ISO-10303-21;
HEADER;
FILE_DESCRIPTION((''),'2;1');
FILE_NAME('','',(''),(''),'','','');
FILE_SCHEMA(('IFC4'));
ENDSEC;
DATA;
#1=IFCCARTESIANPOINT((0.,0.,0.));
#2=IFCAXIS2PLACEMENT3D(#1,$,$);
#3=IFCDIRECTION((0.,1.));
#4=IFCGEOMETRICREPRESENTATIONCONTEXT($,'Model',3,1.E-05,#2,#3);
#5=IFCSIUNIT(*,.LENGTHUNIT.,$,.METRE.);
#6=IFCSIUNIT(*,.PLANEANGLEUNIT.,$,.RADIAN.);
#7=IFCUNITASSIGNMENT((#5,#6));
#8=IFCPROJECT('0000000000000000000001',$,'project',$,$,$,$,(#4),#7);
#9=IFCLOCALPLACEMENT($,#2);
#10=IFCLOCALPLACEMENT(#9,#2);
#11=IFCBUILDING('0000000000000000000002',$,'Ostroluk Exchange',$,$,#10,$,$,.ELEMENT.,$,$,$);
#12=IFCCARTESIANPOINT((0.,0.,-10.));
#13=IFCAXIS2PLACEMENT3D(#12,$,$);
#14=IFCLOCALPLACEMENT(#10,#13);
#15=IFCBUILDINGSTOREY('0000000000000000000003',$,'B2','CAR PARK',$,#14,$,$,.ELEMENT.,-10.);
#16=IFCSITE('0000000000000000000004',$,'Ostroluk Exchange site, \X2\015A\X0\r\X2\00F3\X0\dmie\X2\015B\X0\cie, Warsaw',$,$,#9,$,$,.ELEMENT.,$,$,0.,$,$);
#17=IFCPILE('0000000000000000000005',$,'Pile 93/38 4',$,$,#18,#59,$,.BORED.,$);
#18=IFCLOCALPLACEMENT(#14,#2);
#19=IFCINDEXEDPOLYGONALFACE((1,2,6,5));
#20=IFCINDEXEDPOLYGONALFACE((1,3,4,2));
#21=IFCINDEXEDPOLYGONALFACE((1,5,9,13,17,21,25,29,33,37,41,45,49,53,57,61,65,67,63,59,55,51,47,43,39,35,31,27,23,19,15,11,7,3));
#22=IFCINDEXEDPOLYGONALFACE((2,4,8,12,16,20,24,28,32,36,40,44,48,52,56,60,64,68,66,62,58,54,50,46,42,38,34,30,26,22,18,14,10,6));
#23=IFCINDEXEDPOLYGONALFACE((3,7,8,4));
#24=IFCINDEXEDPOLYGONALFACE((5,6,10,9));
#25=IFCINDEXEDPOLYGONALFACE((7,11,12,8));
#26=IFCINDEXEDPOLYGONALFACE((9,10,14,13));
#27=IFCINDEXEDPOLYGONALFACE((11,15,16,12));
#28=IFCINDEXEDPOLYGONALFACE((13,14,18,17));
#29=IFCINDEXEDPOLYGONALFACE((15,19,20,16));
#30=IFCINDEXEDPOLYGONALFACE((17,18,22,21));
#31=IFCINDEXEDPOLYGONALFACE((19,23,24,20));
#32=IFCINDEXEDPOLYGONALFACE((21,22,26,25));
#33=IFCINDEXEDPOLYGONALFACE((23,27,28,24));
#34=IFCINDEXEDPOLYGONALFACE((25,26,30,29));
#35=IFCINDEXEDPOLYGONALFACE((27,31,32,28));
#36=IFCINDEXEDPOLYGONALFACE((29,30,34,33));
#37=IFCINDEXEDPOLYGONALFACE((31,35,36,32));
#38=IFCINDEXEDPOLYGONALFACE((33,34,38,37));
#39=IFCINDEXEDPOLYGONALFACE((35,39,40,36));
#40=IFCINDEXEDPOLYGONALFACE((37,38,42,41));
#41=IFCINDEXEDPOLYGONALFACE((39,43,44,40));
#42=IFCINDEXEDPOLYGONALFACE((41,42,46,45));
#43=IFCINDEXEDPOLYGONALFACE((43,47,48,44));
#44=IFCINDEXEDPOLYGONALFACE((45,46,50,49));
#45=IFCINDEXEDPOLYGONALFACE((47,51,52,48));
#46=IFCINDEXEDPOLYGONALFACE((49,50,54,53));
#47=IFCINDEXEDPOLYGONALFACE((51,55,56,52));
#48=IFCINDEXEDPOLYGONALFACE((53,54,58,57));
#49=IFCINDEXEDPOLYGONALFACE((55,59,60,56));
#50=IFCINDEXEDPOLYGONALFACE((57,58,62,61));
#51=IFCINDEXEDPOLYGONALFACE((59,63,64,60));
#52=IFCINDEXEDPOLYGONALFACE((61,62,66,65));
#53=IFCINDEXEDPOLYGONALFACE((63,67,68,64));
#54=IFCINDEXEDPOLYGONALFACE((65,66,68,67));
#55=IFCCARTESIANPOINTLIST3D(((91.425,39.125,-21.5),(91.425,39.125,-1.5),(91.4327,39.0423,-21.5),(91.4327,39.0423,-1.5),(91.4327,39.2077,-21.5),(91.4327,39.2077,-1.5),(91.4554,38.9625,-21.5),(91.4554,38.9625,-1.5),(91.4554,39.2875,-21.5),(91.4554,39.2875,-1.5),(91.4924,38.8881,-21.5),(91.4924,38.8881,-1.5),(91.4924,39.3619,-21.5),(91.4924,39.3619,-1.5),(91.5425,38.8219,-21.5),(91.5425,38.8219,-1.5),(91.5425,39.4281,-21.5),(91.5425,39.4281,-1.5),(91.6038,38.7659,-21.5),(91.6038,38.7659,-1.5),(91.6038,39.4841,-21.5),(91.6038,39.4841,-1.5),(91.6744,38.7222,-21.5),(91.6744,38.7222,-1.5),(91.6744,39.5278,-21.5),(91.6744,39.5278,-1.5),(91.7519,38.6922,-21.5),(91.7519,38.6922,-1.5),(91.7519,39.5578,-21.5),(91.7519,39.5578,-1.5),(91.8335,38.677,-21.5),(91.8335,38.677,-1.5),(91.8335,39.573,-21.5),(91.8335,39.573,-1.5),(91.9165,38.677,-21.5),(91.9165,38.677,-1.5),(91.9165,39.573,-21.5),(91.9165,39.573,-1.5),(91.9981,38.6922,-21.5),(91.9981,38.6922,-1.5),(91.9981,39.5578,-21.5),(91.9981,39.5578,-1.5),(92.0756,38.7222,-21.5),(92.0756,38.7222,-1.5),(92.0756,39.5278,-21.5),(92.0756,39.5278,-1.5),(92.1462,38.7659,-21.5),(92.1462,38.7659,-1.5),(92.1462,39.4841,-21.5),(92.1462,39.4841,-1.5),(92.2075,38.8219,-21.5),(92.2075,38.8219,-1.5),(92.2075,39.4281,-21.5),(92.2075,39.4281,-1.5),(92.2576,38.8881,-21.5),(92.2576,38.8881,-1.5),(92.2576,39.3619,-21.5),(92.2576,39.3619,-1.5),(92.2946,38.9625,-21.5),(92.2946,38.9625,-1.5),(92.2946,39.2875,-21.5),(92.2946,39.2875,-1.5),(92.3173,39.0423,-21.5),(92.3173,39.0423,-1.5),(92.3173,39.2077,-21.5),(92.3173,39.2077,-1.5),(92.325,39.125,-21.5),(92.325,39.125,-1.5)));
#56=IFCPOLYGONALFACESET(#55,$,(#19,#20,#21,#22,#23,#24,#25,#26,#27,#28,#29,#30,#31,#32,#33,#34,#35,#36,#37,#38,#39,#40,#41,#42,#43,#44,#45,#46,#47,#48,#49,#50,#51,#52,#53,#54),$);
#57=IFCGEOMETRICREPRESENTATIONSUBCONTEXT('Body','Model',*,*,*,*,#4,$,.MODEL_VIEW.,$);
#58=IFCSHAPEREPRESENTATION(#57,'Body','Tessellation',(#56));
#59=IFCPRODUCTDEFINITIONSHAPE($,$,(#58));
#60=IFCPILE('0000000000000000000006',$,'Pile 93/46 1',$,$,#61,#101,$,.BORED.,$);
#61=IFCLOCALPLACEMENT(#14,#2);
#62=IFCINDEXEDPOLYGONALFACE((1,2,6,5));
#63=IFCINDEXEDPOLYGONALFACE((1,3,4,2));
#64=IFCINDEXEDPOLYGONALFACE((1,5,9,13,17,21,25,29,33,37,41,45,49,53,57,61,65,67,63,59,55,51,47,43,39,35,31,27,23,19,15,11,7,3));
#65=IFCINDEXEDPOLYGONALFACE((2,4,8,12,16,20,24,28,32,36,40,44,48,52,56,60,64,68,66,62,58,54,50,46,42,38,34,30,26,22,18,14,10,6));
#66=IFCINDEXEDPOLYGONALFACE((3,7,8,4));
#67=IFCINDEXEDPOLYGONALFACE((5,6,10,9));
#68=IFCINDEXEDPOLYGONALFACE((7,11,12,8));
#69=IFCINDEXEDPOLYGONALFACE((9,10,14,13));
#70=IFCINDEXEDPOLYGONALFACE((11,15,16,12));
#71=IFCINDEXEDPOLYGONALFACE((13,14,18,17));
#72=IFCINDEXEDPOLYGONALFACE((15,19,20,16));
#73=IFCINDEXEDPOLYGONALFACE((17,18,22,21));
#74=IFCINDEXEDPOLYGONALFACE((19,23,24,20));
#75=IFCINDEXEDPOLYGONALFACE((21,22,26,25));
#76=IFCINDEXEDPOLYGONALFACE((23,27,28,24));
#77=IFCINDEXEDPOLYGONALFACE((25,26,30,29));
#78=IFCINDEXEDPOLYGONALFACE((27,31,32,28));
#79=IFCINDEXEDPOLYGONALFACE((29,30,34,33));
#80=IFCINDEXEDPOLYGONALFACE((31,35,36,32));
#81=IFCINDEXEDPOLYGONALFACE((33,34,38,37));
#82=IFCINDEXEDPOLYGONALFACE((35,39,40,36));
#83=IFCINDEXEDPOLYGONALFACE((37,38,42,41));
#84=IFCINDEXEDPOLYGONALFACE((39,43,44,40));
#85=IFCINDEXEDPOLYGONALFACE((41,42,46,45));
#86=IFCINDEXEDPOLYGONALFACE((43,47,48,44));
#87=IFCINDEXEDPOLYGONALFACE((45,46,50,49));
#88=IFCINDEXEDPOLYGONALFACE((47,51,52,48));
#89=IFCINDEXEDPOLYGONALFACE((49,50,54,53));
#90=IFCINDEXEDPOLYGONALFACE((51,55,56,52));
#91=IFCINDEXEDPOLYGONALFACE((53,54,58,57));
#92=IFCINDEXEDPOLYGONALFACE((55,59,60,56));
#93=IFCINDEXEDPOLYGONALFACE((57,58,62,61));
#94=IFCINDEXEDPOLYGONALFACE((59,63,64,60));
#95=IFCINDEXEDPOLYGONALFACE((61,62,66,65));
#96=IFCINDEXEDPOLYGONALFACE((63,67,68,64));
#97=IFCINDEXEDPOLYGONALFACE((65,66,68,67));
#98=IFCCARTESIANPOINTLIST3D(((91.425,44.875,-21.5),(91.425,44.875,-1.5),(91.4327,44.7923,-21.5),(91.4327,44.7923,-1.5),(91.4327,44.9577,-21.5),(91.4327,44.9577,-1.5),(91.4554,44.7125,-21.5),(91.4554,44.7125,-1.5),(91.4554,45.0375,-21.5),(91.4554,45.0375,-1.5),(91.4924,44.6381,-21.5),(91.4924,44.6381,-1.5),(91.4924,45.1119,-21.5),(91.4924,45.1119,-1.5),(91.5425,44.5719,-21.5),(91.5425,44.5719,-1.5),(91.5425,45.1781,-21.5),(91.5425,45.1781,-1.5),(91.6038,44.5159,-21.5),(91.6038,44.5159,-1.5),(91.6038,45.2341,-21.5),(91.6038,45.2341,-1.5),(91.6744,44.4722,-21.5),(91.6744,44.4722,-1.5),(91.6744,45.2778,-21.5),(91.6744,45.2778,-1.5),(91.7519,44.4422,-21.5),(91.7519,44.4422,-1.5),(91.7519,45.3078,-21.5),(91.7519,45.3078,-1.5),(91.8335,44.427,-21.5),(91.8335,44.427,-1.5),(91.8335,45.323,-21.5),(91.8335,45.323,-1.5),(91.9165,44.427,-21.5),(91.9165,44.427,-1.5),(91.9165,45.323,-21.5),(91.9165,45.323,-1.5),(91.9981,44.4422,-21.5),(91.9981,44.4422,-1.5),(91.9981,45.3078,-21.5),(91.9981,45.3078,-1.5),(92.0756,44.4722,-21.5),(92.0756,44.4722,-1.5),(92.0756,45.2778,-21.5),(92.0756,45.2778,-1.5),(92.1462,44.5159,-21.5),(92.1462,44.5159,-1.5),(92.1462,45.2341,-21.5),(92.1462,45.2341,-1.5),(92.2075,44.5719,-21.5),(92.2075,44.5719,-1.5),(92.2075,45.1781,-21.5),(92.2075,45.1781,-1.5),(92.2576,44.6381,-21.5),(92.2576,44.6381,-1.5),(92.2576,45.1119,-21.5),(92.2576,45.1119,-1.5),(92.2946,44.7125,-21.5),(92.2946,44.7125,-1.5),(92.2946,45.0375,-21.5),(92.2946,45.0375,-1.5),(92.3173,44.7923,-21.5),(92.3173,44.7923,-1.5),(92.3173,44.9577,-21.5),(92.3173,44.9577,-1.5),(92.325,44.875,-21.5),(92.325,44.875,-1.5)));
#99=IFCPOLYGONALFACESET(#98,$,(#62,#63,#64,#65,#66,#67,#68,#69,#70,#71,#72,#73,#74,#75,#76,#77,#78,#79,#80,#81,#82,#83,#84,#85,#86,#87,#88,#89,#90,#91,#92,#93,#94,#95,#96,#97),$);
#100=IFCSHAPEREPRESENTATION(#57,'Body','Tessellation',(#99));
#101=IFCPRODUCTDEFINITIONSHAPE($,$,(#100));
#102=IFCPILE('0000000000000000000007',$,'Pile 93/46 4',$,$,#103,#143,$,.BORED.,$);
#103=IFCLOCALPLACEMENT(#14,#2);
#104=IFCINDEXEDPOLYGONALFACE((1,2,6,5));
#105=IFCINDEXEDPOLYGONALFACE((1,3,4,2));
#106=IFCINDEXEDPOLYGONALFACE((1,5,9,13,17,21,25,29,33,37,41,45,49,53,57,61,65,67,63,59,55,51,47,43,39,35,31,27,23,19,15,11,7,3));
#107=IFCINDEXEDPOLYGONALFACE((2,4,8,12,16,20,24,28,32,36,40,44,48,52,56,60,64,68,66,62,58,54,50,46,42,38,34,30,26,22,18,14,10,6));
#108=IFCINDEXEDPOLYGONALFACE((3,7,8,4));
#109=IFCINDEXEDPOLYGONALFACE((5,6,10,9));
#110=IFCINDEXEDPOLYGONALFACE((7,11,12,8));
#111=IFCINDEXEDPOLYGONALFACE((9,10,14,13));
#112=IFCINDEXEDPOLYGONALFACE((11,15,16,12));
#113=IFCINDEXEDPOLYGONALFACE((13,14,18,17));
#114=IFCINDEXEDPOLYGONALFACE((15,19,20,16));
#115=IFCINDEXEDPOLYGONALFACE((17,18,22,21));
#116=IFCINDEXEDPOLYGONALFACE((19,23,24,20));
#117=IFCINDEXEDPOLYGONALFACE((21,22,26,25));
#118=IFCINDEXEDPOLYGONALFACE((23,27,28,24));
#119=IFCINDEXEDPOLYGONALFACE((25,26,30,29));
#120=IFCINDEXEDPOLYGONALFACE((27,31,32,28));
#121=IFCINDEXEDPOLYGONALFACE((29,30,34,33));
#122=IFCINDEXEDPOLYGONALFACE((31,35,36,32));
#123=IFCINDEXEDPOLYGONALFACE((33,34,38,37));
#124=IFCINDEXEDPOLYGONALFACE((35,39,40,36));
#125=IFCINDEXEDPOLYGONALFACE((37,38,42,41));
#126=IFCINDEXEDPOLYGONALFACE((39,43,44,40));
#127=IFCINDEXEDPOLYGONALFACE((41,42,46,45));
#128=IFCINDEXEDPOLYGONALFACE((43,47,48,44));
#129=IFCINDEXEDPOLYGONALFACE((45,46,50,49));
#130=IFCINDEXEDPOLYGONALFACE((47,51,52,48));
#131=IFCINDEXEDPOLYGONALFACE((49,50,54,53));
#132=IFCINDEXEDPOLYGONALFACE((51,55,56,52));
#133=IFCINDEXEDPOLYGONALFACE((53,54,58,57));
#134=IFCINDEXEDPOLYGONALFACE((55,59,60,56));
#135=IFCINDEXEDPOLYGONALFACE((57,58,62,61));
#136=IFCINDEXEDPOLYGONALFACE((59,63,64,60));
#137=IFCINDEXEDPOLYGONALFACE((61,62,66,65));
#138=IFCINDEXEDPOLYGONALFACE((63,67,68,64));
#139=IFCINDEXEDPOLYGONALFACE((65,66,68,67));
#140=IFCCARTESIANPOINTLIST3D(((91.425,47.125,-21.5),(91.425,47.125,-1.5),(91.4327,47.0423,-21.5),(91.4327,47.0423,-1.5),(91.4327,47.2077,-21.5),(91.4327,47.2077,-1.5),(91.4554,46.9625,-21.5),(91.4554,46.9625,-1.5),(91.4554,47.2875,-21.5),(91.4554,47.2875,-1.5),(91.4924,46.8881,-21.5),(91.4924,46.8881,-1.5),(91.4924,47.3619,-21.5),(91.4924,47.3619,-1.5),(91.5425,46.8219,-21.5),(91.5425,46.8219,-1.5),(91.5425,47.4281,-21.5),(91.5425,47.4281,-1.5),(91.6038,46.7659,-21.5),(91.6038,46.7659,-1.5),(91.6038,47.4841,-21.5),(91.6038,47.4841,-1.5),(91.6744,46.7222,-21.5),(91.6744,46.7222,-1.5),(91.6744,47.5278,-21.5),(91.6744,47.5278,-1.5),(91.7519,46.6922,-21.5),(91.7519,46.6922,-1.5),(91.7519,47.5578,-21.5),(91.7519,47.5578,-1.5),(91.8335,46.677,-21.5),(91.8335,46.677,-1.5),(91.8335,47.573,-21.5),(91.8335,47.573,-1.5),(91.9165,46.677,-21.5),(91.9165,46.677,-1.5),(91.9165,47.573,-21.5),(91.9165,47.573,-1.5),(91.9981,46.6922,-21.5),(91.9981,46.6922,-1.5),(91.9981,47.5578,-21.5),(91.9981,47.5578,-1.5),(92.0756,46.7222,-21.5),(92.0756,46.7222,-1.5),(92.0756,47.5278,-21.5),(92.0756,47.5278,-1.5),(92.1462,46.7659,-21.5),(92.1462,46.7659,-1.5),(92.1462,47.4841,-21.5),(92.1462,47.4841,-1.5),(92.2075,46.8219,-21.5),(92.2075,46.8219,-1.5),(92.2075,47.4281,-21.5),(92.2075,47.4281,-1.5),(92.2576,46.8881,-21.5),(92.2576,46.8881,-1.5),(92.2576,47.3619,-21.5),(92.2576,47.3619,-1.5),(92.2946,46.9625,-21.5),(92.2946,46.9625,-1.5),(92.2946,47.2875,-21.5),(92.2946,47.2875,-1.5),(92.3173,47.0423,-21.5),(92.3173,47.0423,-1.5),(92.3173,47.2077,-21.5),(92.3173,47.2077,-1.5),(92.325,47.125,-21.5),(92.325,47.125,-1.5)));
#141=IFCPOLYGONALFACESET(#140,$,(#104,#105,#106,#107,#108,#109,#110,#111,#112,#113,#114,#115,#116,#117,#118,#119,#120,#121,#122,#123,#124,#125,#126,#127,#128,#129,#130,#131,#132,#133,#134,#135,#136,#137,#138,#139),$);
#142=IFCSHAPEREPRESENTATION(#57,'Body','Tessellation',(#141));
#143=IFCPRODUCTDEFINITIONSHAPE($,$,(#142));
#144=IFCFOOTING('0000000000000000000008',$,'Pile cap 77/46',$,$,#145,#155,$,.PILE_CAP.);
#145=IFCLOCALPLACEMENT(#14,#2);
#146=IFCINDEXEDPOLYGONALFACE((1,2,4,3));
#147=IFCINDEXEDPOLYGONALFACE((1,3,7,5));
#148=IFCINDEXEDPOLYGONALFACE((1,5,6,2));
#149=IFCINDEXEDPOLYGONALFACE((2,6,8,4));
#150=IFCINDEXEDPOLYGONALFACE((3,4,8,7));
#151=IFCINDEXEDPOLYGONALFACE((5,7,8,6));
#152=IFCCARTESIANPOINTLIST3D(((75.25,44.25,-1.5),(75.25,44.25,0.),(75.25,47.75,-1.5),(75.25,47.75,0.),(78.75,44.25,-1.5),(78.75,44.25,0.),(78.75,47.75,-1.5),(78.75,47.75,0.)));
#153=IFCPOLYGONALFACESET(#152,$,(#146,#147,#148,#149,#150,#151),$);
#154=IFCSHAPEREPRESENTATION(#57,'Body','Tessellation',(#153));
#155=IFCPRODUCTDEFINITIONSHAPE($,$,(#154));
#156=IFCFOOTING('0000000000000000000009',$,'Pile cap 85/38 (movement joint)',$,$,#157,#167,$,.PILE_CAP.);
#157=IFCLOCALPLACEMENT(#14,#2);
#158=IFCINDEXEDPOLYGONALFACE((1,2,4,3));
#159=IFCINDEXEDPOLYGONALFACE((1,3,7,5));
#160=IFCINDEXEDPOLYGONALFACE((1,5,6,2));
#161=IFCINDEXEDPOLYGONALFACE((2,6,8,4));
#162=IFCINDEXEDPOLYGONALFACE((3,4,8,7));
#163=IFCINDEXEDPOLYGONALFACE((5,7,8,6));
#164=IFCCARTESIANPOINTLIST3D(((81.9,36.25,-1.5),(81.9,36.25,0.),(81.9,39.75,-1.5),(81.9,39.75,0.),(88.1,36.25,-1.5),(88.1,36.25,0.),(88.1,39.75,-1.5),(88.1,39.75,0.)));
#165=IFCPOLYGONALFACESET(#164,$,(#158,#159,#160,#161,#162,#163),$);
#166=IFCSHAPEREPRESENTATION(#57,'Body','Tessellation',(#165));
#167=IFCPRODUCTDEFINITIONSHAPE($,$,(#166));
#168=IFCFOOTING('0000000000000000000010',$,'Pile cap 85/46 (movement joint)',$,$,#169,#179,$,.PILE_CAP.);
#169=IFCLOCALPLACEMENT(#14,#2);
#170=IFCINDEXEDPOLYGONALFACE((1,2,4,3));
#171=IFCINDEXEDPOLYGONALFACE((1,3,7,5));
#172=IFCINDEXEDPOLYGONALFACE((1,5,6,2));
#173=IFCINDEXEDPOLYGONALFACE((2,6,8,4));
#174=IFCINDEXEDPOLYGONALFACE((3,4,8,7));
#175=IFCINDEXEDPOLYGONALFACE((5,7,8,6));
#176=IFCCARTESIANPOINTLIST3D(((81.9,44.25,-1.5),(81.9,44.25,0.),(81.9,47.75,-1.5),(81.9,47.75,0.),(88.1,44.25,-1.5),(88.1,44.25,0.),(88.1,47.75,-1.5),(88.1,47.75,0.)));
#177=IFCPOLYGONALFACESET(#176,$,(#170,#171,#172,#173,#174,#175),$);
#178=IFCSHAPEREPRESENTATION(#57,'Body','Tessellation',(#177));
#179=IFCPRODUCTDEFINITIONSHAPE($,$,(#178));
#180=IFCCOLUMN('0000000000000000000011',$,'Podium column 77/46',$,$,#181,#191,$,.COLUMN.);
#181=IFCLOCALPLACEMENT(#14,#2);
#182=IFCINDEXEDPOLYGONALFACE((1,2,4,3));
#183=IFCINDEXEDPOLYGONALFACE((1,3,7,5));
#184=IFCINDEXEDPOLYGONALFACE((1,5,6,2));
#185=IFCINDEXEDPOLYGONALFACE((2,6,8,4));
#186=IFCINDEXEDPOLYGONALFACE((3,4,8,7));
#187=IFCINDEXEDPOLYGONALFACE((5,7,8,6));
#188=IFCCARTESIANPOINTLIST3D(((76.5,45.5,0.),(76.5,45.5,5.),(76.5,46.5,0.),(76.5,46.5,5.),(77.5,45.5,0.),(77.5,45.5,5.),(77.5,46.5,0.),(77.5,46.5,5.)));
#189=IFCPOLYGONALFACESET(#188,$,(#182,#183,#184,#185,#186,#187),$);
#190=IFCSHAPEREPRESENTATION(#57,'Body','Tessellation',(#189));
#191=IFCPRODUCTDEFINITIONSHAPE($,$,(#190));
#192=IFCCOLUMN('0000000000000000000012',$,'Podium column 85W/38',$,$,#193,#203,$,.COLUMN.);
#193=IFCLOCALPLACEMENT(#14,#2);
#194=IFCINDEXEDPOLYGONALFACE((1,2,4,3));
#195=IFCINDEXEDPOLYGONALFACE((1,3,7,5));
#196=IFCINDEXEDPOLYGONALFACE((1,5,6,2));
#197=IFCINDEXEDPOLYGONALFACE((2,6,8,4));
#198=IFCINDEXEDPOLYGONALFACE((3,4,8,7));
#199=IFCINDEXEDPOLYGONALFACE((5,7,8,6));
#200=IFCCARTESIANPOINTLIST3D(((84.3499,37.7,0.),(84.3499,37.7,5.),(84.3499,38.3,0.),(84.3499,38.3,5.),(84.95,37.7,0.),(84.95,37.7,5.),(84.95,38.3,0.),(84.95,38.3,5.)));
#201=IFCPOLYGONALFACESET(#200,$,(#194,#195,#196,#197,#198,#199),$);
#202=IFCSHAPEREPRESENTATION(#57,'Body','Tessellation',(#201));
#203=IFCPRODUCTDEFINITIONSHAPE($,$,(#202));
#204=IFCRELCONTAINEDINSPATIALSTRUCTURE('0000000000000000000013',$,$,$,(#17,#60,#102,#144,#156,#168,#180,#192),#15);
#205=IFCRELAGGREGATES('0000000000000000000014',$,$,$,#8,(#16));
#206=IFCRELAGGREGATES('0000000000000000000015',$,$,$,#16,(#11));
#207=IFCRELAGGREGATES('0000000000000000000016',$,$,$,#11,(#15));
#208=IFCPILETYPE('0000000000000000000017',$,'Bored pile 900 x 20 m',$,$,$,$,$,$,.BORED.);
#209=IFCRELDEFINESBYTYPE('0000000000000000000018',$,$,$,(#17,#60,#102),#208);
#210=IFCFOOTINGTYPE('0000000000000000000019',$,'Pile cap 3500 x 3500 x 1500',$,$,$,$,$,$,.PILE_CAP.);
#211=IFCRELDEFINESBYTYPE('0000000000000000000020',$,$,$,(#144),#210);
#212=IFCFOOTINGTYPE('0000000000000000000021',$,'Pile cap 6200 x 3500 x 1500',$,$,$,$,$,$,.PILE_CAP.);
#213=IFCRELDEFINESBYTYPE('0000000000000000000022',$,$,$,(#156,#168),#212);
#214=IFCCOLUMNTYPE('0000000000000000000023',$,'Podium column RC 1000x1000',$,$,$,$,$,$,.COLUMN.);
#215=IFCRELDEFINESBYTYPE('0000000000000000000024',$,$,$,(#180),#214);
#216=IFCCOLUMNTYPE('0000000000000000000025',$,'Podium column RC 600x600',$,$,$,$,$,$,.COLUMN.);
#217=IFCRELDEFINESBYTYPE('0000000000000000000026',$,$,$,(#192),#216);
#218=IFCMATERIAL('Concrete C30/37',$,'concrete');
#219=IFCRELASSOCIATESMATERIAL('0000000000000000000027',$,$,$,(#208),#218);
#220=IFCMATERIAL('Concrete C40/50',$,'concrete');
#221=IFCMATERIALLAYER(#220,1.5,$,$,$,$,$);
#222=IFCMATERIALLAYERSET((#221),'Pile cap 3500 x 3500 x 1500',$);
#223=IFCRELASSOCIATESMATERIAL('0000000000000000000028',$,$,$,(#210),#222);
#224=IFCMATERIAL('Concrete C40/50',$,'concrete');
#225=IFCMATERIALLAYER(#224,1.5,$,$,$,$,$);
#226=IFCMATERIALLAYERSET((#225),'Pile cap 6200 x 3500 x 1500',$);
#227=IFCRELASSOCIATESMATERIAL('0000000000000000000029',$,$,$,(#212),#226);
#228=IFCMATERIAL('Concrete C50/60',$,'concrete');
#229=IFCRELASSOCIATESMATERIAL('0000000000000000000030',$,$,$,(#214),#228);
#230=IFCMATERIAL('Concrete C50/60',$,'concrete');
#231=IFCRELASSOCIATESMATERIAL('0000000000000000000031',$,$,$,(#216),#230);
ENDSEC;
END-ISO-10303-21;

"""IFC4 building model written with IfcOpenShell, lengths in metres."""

from ifc_helpers import new_model, si_unit, direction, frame, origin, origin_2d, place, context, subcontext, project, spatial, rectangle, circle, extrude, material, layer, layer_set, material_profile, profile_set, type_object, element, save


model = new_model("IFC4")

# Units and contexts
model_context = context("Model", 3, precision=1e-05, world=origin(), true_north=direction((0.0, 1.0)))
body_context = subcontext(model_context, "Body", "Model", "MODEL_VIEW")
ifc_project = project(units=[si_unit("LENGTHUNIT", "METRE"), si_unit("PLANEANGLEUNIT", "RADIAN")], contexts=[model_context])

# Site, building, storey
site_placement = place(None, origin())
site = spatial("IfcSite", under=ifc_project, at=site_placement, Name="Ostroluk Exchange site, Śródmieście, Warsaw", CompositionType="ELEMENT", RefElevation=0.0)
building_placement = place(site_placement, origin())
building = spatial("IfcBuilding", under=site, at=building_placement, Name="Ostroluk Exchange", CompositionType="ELEMENT")
storey_placement = place(building_placement, frame((0.0, 0.0, -10.0)))
storey = spatial("IfcBuildingStorey", under=building, at=storey_placement, Name="B2", Description="CAR PARK", CompositionType="ELEMENT", Elevation=-10.0)

# Piles
ifc_material_1 = material(Name="Concrete C30/37", Category="concrete")
pile_type = type_object("IfcPileType", Name="Bored pile 900 x 20 m", PredefinedType="BORED", material=ifc_material_1)
for number, where, z_axis, x_axis, name in (
    (1, (91.875, 39.125, -1.5), (0.0, 0.0, -1.0), (1.0, 0.0, 0.0), "Pile 93/38 4"),
    (2, (91.875, 44.875, -1.5), (0.0, 0.0, -1.0), (1.0, 0.0, 0.0), "Pile 93/46 1"),
    (3, (91.875, 47.125, -1.5), (0.0, 0.0, -1.0), (1.0, 0.0, 0.0), "Pile 93/46 4"),
):
    element("IfcPile", number, at=place(storey_placement, frame(where, z_axis=z_axis, x_axis=x_axis)), inside=storey, type_object=pile_type, Name=name, PredefinedType="BORED", context=body_context, shape_type="SweptSolid", body=[
        extrude(circle(Radius=0.45, at=origin_2d()), origin(), (0.0, 0.0, 1.0), 20.0),
    ])

# Footings
ifc_material_2 = material(Name="Concrete C40/50", Category="concrete")
ifc_layer_1 = layer(ifc_material_2, 1.5)
ifc_layer_set_1 = layer_set([ifc_layer_1], Name="Pile cap 3500 x 3500 x 1500")
footing_type_1 = type_object("IfcFootingType", Name="Pile cap 3500 x 3500 x 1500", PredefinedType="PILE_CAP", material=ifc_layer_set_1)
footing_placement = place(storey_placement, frame((77.0, 46.0, -1.5), z_axis=(0.0, 0.0, 1.0), x_axis=(1.0, 0.0, 0.0)))
element("IfcFooting", 4, at=footing_placement, inside=storey, type_object=footing_type_1, Name="Pile cap 77/46", PredefinedType="PILE_CAP", context=body_context, shape_type="SweptSolid", body=[
    extrude(rectangle(XDim=3.5, YDim=3.5, at=origin_2d()), origin(), (0.0, 0.0, 1.0), 1.5),
])
ifc_material_3 = material(Name="Concrete C40/50", Category="concrete")
ifc_layer_2 = layer(ifc_material_3, 1.5)
ifc_layer_set_2 = layer_set([ifc_layer_2], Name="Pile cap 6200 x 3500 x 1500")
footing_type_2 = type_object("IfcFootingType", Name="Pile cap 6200 x 3500 x 1500", PredefinedType="PILE_CAP", material=ifc_layer_set_2)
for number, where, z_axis, x_axis, name in (
    (5, (85.0, 38.0, -1.5), (0.0, 0.0, 1.0), (1.0, 0.0, 0.0), "Pile cap 85/38 (movement joint)"),
    (6, (85.0, 46.0, -1.5), (0.0, 0.0, 1.0), (1.0, 0.0, 0.0), "Pile cap 85/46 (movement joint)"),
):
    element("IfcFooting", number, at=place(storey_placement, frame(where, z_axis=z_axis, x_axis=x_axis)), inside=storey, type_object=footing_type_2, Name=name, PredefinedType="PILE_CAP", context=body_context, shape_type="SweptSolid", body=[
        extrude(rectangle(XDim=6.2, YDim=3.5, at=origin_2d()), origin(), (0.0, 0.0, 1.0), 1.5),
    ])

# Columns
ifc_material_4 = material(Name="Concrete C50/60", Category="concrete")
ifc_material_profile_1 = material_profile(ifc_material_4, rectangle(XDim=1.0, YDim=1.0, at=origin_2d()), Name="RC 1000x1000")
ifc_profile_set_1 = profile_set([ifc_material_profile_1], Name="Concrete C50/60")
column_type_1 = type_object("IfcColumnType", Name="Podium column RC 1000x1000", PredefinedType="COLUMN", material=ifc_profile_set_1)
column_placement = place(storey_placement, frame((77.0, 46.0, 0.0), z_axis=(0.0, 0.0, 1.0), x_axis=(1.0, 0.0, 0.0)))
element("IfcColumn", 7, at=column_placement, inside=storey, type_object=column_type_1, Name="Podium column 77/46", PredefinedType="COLUMN", context=body_context, shape_type="SweptSolid", body=[
    extrude(rectangle(XDim=1.0, YDim=1.0, at=origin_2d()), origin(), (0.0, 0.0, 1.0), 5.0),
])
ifc_material_5 = material(Name="Concrete C50/60", Category="concrete")
ifc_material_profile_2 = material_profile(ifc_material_5, rectangle(XDim=0.6001, YDim=0.6001, at=origin_2d()), Name="RC 600x600")
ifc_profile_set_2 = profile_set([ifc_material_profile_2], Name="Concrete C50/60")
column_type_2 = type_object("IfcColumnType", Name="Podium column RC 600x600", PredefinedType="COLUMN", material=ifc_profile_set_2)
for number, where, z_axis, x_axis, name in (
    (8, (84.6499, 38.0, 0.0), (0.0, 0.0, 1.0), (1.0, 0.0, 0.0), "Podium column 85W/38"),
):
    element("IfcColumn", number, at=place(storey_placement, frame(where, z_axis=z_axis, x_axis=x_axis)), inside=storey, type_object=column_type_2, Name=name, PredefinedType="COLUMN", context=body_context, shape_type="SweptSolid", body=[
        extrude(rectangle(XDim=0.6001, YDim=0.6001, at=origin_2d()), origin(), (0.0, 0.0, 1.0), 5.0),
    ])

save(model, "model.ifc")
